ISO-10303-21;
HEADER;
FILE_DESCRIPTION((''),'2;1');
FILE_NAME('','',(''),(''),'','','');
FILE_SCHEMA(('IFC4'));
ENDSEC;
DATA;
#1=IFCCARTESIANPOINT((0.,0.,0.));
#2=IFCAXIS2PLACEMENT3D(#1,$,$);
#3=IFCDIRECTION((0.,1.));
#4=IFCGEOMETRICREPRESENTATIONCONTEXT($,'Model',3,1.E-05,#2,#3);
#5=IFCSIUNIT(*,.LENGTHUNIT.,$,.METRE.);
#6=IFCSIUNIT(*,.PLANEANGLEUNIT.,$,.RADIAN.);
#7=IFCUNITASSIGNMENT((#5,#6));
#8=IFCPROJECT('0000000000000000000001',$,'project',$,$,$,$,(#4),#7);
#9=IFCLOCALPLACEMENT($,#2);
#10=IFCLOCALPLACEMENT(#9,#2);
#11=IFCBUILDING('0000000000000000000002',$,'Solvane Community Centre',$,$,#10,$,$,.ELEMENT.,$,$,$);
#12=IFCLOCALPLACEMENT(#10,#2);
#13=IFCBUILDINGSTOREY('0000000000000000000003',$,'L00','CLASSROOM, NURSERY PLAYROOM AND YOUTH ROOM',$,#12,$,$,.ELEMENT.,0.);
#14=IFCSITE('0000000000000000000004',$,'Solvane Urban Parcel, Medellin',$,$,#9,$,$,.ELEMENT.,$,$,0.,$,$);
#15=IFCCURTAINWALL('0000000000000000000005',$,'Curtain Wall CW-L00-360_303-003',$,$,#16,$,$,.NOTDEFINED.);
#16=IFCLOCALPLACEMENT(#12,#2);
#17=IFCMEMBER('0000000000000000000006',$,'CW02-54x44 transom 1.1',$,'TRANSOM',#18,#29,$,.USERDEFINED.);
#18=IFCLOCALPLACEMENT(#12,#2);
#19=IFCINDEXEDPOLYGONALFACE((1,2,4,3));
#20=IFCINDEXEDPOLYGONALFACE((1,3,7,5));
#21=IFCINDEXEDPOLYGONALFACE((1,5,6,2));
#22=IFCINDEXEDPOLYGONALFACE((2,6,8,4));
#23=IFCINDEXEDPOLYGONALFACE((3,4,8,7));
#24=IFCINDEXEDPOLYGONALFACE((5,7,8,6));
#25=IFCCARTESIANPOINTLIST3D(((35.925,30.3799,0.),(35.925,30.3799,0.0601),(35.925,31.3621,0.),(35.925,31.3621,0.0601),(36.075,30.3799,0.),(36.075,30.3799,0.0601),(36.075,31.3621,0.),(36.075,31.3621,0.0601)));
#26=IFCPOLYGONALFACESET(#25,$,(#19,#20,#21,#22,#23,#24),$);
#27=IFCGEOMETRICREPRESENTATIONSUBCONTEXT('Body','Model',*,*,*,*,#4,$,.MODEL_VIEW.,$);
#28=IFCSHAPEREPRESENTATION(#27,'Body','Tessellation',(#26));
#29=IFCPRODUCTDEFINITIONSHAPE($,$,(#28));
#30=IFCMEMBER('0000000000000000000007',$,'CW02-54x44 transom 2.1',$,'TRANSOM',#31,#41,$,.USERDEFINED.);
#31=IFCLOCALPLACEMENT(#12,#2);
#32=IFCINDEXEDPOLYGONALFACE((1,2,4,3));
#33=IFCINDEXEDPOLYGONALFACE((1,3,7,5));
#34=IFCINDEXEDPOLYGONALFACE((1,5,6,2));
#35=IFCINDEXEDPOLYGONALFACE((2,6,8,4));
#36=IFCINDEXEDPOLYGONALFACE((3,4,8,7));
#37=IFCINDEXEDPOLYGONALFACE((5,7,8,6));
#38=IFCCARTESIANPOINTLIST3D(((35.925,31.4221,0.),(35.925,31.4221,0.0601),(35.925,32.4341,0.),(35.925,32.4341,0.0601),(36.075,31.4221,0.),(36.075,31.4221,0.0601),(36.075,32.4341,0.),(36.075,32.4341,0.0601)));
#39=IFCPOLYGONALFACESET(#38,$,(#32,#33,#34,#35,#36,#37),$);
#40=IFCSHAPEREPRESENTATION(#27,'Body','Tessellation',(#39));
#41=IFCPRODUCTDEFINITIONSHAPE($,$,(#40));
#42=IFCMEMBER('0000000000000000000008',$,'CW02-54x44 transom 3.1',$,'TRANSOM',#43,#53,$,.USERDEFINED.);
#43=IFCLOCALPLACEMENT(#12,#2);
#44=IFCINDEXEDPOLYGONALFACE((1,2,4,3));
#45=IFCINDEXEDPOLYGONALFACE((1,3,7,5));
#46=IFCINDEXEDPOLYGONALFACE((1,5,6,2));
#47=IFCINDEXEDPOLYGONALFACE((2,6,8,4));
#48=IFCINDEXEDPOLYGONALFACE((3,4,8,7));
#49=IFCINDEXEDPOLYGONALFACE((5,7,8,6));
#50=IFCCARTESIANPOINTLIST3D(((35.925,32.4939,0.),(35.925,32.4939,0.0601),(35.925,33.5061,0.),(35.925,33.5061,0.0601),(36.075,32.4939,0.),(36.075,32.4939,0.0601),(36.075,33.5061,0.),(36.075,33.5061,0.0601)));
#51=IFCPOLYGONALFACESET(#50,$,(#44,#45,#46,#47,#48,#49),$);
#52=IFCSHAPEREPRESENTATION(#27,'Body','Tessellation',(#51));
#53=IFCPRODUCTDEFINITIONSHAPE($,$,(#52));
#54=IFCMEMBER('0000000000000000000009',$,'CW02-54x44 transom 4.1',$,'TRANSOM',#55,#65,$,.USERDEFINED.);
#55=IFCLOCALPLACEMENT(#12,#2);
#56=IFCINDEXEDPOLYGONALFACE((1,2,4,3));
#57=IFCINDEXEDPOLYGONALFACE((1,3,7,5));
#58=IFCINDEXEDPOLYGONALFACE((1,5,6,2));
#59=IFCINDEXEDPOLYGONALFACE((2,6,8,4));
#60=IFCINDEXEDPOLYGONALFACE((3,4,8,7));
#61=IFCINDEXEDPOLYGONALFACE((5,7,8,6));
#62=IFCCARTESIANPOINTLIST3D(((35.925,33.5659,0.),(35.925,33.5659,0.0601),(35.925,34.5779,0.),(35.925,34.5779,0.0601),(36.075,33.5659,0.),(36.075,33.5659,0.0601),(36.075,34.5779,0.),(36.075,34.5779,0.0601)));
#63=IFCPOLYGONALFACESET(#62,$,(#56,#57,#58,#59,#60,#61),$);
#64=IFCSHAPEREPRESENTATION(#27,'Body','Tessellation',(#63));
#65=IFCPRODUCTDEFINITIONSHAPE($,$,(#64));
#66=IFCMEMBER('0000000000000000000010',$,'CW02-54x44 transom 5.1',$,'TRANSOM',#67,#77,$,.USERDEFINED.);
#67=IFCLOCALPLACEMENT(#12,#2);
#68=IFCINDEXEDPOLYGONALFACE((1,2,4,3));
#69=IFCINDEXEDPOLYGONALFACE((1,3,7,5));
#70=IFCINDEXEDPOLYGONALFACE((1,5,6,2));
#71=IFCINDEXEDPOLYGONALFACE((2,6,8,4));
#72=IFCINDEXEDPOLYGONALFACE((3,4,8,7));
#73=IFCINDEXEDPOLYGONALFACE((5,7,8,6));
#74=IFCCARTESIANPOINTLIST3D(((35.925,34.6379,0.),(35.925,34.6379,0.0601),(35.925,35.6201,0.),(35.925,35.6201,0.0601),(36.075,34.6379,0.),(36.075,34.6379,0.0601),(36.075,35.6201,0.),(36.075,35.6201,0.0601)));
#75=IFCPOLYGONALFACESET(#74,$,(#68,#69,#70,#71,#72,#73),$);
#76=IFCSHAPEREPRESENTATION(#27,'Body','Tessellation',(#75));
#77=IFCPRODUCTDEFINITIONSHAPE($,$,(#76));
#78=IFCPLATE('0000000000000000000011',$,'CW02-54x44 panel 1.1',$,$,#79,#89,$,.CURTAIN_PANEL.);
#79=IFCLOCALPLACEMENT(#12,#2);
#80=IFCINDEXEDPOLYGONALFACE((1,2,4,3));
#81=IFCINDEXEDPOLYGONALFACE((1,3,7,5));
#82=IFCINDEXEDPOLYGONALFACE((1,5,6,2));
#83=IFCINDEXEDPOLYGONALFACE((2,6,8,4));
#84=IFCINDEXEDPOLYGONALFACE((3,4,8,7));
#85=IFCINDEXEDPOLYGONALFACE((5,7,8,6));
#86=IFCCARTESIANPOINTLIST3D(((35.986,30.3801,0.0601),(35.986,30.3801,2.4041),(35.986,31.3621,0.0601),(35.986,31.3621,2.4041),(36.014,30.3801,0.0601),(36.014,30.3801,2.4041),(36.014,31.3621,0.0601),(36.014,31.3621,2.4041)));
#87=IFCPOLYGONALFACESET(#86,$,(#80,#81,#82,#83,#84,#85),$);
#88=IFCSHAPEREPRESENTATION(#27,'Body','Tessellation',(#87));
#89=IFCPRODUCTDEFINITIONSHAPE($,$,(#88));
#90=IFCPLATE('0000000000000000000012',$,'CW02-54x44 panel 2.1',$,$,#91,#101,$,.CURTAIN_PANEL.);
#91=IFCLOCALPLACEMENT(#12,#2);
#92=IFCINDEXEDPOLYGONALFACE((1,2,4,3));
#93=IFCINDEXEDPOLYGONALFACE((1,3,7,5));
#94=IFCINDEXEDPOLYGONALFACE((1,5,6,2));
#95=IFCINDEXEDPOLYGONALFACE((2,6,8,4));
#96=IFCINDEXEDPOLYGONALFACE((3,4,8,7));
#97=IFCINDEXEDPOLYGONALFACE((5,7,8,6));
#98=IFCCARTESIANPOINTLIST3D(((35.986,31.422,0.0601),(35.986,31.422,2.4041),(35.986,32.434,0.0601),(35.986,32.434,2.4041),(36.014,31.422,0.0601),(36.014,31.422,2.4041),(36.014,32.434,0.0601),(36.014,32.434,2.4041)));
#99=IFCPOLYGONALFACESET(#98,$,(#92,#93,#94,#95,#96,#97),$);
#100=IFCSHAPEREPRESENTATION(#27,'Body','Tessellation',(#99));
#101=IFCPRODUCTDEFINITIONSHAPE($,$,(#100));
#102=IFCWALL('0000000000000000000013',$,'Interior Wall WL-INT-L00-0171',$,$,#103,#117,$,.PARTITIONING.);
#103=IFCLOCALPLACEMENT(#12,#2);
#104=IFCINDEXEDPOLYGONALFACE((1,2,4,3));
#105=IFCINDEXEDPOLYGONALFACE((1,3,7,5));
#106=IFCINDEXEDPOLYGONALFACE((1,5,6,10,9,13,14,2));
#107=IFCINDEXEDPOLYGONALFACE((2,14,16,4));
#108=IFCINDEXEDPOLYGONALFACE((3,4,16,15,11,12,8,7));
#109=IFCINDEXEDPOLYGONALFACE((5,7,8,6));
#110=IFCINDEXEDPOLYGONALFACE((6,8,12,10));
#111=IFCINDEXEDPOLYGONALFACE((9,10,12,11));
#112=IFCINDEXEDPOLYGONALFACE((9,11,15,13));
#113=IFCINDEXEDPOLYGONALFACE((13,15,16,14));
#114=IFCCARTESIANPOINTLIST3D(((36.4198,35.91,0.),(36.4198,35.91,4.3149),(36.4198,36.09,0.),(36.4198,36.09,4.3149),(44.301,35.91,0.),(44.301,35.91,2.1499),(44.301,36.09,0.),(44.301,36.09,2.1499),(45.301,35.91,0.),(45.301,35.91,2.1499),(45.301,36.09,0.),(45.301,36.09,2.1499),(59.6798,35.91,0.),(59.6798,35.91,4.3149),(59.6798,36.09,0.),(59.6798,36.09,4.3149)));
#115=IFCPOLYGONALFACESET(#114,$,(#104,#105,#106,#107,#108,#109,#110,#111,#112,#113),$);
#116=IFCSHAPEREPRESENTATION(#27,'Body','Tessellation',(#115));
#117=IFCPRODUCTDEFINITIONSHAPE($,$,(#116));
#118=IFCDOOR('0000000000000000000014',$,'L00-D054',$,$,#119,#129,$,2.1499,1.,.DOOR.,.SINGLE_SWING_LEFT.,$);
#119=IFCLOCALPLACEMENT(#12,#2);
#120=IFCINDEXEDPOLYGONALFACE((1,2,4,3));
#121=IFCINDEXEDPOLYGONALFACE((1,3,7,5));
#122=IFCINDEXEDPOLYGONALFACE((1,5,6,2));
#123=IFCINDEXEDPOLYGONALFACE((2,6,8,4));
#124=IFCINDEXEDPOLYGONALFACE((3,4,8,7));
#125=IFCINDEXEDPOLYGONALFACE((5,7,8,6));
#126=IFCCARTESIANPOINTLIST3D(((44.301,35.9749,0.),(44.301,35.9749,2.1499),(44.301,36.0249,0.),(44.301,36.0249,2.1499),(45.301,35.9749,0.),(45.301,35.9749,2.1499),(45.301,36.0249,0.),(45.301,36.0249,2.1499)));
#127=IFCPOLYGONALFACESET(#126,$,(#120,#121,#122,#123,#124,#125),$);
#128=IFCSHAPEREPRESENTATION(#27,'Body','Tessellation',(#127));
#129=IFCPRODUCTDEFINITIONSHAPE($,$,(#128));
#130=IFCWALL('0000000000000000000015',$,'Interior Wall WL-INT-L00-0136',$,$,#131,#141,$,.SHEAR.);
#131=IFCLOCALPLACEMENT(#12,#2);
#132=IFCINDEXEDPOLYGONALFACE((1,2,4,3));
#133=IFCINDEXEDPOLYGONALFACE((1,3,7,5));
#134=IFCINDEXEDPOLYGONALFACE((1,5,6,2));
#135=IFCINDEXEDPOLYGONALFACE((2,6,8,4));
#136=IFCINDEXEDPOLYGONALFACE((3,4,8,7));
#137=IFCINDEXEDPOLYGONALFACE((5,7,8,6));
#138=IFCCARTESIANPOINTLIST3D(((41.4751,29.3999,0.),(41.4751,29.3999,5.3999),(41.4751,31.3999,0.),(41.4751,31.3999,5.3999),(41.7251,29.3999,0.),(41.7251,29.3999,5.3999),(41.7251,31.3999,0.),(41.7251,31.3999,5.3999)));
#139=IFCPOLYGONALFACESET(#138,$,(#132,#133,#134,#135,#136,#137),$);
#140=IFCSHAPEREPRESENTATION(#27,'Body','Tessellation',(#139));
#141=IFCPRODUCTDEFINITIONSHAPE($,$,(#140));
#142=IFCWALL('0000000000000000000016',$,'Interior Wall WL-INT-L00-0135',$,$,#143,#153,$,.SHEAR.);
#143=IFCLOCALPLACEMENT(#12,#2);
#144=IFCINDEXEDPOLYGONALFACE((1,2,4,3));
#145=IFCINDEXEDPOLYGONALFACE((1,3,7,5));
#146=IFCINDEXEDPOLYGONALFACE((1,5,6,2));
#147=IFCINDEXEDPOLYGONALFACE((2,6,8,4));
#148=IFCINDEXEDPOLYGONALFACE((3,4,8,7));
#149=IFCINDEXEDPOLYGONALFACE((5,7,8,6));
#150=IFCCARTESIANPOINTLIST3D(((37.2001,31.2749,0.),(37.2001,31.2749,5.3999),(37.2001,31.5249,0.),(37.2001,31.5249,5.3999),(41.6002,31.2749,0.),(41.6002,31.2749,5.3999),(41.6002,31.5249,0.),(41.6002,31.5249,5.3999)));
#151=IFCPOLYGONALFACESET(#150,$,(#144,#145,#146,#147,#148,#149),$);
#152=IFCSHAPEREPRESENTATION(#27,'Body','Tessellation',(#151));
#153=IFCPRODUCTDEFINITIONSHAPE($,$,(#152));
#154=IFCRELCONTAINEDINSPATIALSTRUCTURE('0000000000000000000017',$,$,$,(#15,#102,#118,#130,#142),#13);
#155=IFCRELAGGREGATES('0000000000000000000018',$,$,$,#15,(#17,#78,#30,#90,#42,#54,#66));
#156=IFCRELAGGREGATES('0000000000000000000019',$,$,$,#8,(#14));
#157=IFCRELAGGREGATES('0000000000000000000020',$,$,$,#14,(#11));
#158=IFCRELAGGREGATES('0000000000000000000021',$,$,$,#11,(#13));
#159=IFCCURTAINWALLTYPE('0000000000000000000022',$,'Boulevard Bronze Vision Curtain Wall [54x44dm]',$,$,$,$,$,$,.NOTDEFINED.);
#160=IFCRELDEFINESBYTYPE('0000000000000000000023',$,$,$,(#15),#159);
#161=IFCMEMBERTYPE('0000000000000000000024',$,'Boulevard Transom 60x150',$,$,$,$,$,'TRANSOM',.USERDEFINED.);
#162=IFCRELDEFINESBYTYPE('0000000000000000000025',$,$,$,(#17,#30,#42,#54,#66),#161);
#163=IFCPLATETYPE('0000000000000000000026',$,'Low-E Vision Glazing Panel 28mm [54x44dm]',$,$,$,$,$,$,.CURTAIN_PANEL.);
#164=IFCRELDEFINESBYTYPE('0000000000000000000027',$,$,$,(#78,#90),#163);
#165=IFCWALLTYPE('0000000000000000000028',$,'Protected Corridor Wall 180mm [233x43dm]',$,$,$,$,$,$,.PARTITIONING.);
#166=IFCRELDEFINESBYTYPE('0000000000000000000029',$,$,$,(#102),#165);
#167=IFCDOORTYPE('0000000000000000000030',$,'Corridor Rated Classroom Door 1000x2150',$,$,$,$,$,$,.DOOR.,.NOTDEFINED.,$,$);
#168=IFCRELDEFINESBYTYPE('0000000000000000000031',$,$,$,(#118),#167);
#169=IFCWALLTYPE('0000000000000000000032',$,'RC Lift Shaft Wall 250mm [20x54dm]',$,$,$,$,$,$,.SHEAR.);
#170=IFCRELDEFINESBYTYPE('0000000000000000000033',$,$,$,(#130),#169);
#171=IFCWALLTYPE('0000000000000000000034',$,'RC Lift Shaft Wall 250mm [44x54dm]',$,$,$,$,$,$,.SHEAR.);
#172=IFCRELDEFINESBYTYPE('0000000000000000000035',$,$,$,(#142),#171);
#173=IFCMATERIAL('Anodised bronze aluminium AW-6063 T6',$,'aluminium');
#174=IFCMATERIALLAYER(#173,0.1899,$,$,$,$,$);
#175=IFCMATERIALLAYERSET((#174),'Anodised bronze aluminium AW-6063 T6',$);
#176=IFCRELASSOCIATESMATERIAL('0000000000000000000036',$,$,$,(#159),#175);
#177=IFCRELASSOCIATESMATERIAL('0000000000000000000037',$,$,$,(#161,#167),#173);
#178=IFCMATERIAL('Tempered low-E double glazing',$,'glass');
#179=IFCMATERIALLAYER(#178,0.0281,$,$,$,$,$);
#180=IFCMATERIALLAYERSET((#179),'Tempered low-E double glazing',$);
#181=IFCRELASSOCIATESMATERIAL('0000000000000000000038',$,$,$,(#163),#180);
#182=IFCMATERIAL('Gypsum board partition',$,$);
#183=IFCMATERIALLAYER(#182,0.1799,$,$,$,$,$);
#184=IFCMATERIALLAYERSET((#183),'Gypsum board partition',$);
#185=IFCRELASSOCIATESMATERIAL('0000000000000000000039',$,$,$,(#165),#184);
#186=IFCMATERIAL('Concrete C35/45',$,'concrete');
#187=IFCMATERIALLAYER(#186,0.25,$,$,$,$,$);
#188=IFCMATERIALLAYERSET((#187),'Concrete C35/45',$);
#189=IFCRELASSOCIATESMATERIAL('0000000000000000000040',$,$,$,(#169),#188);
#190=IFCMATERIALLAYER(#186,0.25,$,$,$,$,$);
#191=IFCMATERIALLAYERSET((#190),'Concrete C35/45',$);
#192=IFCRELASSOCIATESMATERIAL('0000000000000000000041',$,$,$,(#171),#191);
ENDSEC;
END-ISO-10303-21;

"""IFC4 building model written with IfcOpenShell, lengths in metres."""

from ifc_helpers import new_model, si_unit, direction, frame, frame_2d, origin, origin_2d, place, context, subcontext, project, spatial, rectangle, extrude, material, layer, layer_set, material_profile, profile_set, type_object, element, fill, aggregate, save


model = new_model("IFC4")

# Units and contexts
model_context = context("Model", 3, precision=1e-05, world=origin(), true_north=direction((0.0, 1.0)))
body_context = subcontext(model_context, "Body", "Model", "MODEL_VIEW")
ifc_project = project(units=[si_unit("LENGTHUNIT", "METRE"), si_unit("PLANEANGLEUNIT", "RADIAN")], contexts=[model_context])

# Site, building, storey
site_placement = place(None, origin())
site = spatial("IfcSite", under=ifc_project, at=site_placement, Name="Solvane Urban Parcel, Medellin", CompositionType="ELEMENT", RefElevation=0.0)
building_placement = place(site_placement, origin())
building = spatial("IfcBuilding", under=site, at=building_placement, Name="Solvane Community Centre", CompositionType="ELEMENT")
storey_placement = place(building_placement, origin())
storey = spatial("IfcBuildingStorey", under=building, at=storey_placement, Name="L00", Description="CLASSROOM, NURSERY PLAYROOM AND YOUTH ROOM", CompositionType="ELEMENT", Elevation=0.0)

# Shared definitions
ifc_material_1 = material(Name="Concrete C35/45", Category="concrete")

# Curtain wall, members, plates
ifc_material_2 = material(Name="Anodised bronze aluminium AW-6063 T6", Category="aluminium")
ifc_layer_1 = layer(ifc_material_2, 0.1899)
ifc_layer_set_1 = layer_set([ifc_layer_1], Name="Anodised bronze aluminium AW-6063 T6")
curtain_wall_type = type_object("IfcCurtainWallType", Name="Boulevard Bronze Vision Curtain Wall [54x44dm]", PredefinedType="NOTDEFINED", material=ifc_layer_set_1)
curtain_wall_placement = place(storey_placement, origin())
curtain_wall = element("IfcCurtainWall", 1, at=curtain_wall_placement, inside=storey, type_object=curtain_wall_type, Name="Curtain Wall CW-L00-360_303-003", PredefinedType="NOTDEFINED")
ifc_material_profile_1 = material_profile(ifc_material_2, rectangle(XDim=0.1499, YDim=0.0601, at=origin_2d()), Name="CW-T 60x150")
ifc_profile_set_1 = profile_set([ifc_material_profile_1], Name="Anodised bronze aluminium AW-6063 T6")
member_type_1 = type_object("IfcMemberType", Name="Boulevard Transom 60x150", ElementType="TRANSOM", PredefinedType="USERDEFINED", material=ifc_profile_set_1)
member_1_placement = place(storey_placement, frame((36.0, 30.3799, 0.03), z_axis=(0.0, 1.0, 0.0), x_axis=(-1.0, 0.0, 0.0)))
member_1 = element("IfcMember", 2, at=member_1_placement, type_object=member_type_1, Name="CW02-54x44 transom 1.1", ObjectType="TRANSOM", PredefinedType="USERDEFINED", context=body_context, shape_type="SweptSolid", body=[
    extrude(rectangle(XDim=0.1499, YDim=0.0601, at=origin_2d()), origin(), (0.0, 0.0, 1.0), 0.9822),
])
member_2_placement = place(storey_placement, frame((36.0, 31.4221, 0.03), z_axis=(0.0, 1.0, 0.0), x_axis=(-1.0, 0.0, 0.0)))
member_2 = element("IfcMember", 3, at=member_2_placement, type_object=member_type_1, Name="CW02-54x44 transom 2.1", ObjectType="TRANSOM", PredefinedType="USERDEFINED", context=body_context, shape_type="SweptSolid", body=[
    extrude(rectangle(XDim=0.1499, YDim=0.0601, at=origin_2d()), origin(), (0.0, 0.0, 1.0), 1.012),
])
member_3_placement = place(storey_placement, frame((36.0, 32.4939, 0.03), z_axis=(0.0, 1.0, 0.0), x_axis=(-1.0, 0.0, 0.0)))
member_3 = element("IfcMember", 4, at=member_3_placement, type_object=member_type_1, Name="CW02-54x44 transom 3.1", ObjectType="TRANSOM", PredefinedType="USERDEFINED", context=body_context, shape_type="SweptSolid", body=[
    extrude(rectangle(XDim=0.1499, YDim=0.0601, at=origin_2d()), origin(), (0.0, 0.0, 1.0), 1.0122),
])
member_4_placement = place(storey_placement, frame((36.0, 33.5659, 0.03), z_axis=(0.0, 1.0, 0.0), x_axis=(-1.0, 0.0, 0.0)))
member_4 = element("IfcMember", 5, at=member_4_placement, type_object=member_type_1, Name="CW02-54x44 transom 4.1", ObjectType="TRANSOM", PredefinedType="USERDEFINED", context=body_context, shape_type="SweptSolid", body=[
    extrude(rectangle(XDim=0.1499, YDim=0.0601, at=origin_2d()), origin(), (0.0, 0.0, 1.0), 1.012),
])
member_5_placement = place(storey_placement, frame((36.0, 34.6379, 0.03), z_axis=(0.0, 1.0, 0.0), x_axis=(-1.0, 0.0, 0.0)))
member_5 = element("IfcMember", 6, at=member_5_placement, type_object=member_type_1, Name="CW02-54x44 transom 5.1", ObjectType="TRANSOM", PredefinedType="USERDEFINED", context=body_context, shape_type="SweptSolid", body=[
    extrude(rectangle(XDim=0.1499, YDim=0.0601, at=origin_2d()), origin(), (0.0, 0.0, 1.0), 0.9822),
])
ifc_material_3 = material(Name="Tempered low-E double glazing", Category="glass")
ifc_layer_2 = layer(ifc_material_3, 0.0281)
ifc_layer_set_2 = layer_set([ifc_layer_2], Name="Tempered low-E double glazing")
plate_type = type_object("IfcPlateType", Name="Low-E Vision Glazing Panel 28mm [54x44dm]", PredefinedType="CURTAIN_PANEL", material=ifc_layer_set_2)
plate_1_placement = place(storey_placement, frame((36.0, 30.8711, 0.0601), z_axis=(0.0, 0.0, 1.0), x_axis=(0.0, 1.0, 0.0)))
plate_1 = element("IfcPlate", 7, at=plate_1_placement, type_object=plate_type, Name="CW02-54x44 panel 1.1", PredefinedType="CURTAIN_PANEL", context=body_context, shape_type="SweptSolid", body=[
    extrude(rectangle(XDim=0.9819, YDim=0.0281, at=origin_2d()), origin(), (0.0, 0.0, 1.0), 2.344),
])
plate_2_placement = place(storey_placement, frame((36.0, 31.928, 0.0601), z_axis=(0.0, 0.0, 1.0), x_axis=(0.0, 1.0, 0.0)))
plate_2 = element("IfcPlate", 8, at=plate_2_placement, type_object=plate_type, Name="CW02-54x44 panel 2.1", PredefinedType="CURTAIN_PANEL", context=body_context, shape_type="SweptSolid", body=[
    extrude(rectangle(XDim=1.012, YDim=0.0281, at=origin_2d()), origin(), (0.0, 0.0, 1.0), 2.344),
])
aggregate(curtain_wall, [member_1, plate_1, member_2, plate_2, member_3, member_4, member_5])

# Wall, opening, door
ifc_material_4 = material(Name="Gypsum board partition")
ifc_layer_3 = layer(ifc_material_4, 0.1799)
ifc_layer_set_3 = layer_set([ifc_layer_3], Name="Gypsum board partition")
wall_type_1 = type_object("IfcWallType", Name="Protected Corridor Wall 180mm [233x43dm]", PredefinedType="PARTITIONING", material=ifc_layer_set_3)
wall_1_placement = place(storey_placement, frame((36.4199, 36.0, 0.0), z_axis=(0.0, 0.0, 1.0), x_axis=(1.0, 0.0, 0.0)))
wall_1 = element("IfcWall", 9, at=wall_1_placement, inside=storey, type_object=wall_type_1, Name="Interior Wall WL-INT-L00-0171", PredefinedType="PARTITIONING", context=body_context, shape_type="SweptSolid", body=[
    extrude(rectangle(XDim=23.26, YDim=0.1799, at=frame_2d((11.6299, 0.0))), origin(), (0.0, 0.0, 1.0), 4.3149),
])
opening_placement = place(wall_1_placement, frame((7.8811, 0.0, 0.0)))
opening = element("IfcOpeningElement", 10, at=opening_placement, cuts=wall_1, PredefinedType="OPENING", context=body_context, shape_type="SweptSolid", body=[
    extrude(rectangle(XDim=1.0, YDim=2.1499, at=frame_2d((0.5, 1.075))), frame((0.0, 0.0999, 0.0), z_axis=(0.0, -1.0, 0.0), x_axis=(1.0, 0.0, 0.0)), (0.0, 0.0, 1.0), 0.2),
])
door_type = type_object("IfcDoorType", Name="Corridor Rated Classroom Door 1000x2150", OperationType="NOTDEFINED", PredefinedType="DOOR", material=ifc_material_2)
door_placement = place(opening_placement, origin())
door = element("IfcDoor", 11, at=door_placement, inside=storey, type_object=door_type, Name="L00-D054", OperationType="SINGLE_SWING_LEFT", OverallHeight=2.1499, OverallWidth=1.0, PredefinedType="DOOR", context=body_context, shape_type="SweptSolid", body=[
    extrude(rectangle(XDim=1.0, YDim=2.1499, at=frame_2d((0.5, 1.075))), frame((0.0, 0.0249, 0.0), z_axis=(0.0, -1.0, 0.0), x_axis=(1.0, 0.0, 0.0)), (0.0, 0.0, 1.0), 0.05),
])
fill(opening, door)

# Walls
ifc_layer_4 = layer(ifc_material_1, 0.25)
ifc_layer_set_4 = layer_set([ifc_layer_4], Name="Concrete C35/45")
wall_type_2 = type_object("IfcWallType", Name="RC Lift Shaft Wall 250mm [20x54dm]", PredefinedType="SHEAR", material=ifc_layer_set_4)
wall_2_placement = place(storey_placement, frame((41.6001, 31.3999, 0.0), z_axis=(0.0, 0.0, 1.0), x_axis=(0.0, -1.0, 0.0)))
element("IfcWall", 12, at=wall_2_placement, inside=storey, type_object=wall_type_2, Name="Interior Wall WL-INT-L00-0136", PredefinedType="SHEAR", context=body_context, shape_type="SweptSolid", body=[
    extrude(rectangle(XDim=2.0, YDim=0.25, at=frame_2d((1.0, 0.0))), origin(), (0.0, 0.0, 1.0), 5.3999),
])
ifc_layer_5 = layer(ifc_material_1, 0.25)
ifc_layer_set_5 = layer_set([ifc_layer_5], Name="Concrete C35/45")
wall_type_3 = type_object("IfcWallType", Name="RC Lift Shaft Wall 250mm [44x54dm]", PredefinedType="SHEAR", material=ifc_layer_set_5)
wall_3_placement = place(storey_placement, frame((37.2, 31.3999, 0.0), z_axis=(0.0, 0.0, 1.0), x_axis=(1.0, 0.0, 0.0)))
element("IfcWall", 13, at=wall_3_placement, inside=storey, type_object=wall_type_3, Name="Interior Wall WL-INT-L00-0135", PredefinedType="SHEAR", context=body_context, shape_type="SweptSolid", body=[
    extrude(rectangle(XDim=4.4001, YDim=0.25, at=frame_2d((2.2002, 0.0))), origin(), (0.0, 0.0, 1.0), 5.3999),
])

save(model, "model.ifc")
